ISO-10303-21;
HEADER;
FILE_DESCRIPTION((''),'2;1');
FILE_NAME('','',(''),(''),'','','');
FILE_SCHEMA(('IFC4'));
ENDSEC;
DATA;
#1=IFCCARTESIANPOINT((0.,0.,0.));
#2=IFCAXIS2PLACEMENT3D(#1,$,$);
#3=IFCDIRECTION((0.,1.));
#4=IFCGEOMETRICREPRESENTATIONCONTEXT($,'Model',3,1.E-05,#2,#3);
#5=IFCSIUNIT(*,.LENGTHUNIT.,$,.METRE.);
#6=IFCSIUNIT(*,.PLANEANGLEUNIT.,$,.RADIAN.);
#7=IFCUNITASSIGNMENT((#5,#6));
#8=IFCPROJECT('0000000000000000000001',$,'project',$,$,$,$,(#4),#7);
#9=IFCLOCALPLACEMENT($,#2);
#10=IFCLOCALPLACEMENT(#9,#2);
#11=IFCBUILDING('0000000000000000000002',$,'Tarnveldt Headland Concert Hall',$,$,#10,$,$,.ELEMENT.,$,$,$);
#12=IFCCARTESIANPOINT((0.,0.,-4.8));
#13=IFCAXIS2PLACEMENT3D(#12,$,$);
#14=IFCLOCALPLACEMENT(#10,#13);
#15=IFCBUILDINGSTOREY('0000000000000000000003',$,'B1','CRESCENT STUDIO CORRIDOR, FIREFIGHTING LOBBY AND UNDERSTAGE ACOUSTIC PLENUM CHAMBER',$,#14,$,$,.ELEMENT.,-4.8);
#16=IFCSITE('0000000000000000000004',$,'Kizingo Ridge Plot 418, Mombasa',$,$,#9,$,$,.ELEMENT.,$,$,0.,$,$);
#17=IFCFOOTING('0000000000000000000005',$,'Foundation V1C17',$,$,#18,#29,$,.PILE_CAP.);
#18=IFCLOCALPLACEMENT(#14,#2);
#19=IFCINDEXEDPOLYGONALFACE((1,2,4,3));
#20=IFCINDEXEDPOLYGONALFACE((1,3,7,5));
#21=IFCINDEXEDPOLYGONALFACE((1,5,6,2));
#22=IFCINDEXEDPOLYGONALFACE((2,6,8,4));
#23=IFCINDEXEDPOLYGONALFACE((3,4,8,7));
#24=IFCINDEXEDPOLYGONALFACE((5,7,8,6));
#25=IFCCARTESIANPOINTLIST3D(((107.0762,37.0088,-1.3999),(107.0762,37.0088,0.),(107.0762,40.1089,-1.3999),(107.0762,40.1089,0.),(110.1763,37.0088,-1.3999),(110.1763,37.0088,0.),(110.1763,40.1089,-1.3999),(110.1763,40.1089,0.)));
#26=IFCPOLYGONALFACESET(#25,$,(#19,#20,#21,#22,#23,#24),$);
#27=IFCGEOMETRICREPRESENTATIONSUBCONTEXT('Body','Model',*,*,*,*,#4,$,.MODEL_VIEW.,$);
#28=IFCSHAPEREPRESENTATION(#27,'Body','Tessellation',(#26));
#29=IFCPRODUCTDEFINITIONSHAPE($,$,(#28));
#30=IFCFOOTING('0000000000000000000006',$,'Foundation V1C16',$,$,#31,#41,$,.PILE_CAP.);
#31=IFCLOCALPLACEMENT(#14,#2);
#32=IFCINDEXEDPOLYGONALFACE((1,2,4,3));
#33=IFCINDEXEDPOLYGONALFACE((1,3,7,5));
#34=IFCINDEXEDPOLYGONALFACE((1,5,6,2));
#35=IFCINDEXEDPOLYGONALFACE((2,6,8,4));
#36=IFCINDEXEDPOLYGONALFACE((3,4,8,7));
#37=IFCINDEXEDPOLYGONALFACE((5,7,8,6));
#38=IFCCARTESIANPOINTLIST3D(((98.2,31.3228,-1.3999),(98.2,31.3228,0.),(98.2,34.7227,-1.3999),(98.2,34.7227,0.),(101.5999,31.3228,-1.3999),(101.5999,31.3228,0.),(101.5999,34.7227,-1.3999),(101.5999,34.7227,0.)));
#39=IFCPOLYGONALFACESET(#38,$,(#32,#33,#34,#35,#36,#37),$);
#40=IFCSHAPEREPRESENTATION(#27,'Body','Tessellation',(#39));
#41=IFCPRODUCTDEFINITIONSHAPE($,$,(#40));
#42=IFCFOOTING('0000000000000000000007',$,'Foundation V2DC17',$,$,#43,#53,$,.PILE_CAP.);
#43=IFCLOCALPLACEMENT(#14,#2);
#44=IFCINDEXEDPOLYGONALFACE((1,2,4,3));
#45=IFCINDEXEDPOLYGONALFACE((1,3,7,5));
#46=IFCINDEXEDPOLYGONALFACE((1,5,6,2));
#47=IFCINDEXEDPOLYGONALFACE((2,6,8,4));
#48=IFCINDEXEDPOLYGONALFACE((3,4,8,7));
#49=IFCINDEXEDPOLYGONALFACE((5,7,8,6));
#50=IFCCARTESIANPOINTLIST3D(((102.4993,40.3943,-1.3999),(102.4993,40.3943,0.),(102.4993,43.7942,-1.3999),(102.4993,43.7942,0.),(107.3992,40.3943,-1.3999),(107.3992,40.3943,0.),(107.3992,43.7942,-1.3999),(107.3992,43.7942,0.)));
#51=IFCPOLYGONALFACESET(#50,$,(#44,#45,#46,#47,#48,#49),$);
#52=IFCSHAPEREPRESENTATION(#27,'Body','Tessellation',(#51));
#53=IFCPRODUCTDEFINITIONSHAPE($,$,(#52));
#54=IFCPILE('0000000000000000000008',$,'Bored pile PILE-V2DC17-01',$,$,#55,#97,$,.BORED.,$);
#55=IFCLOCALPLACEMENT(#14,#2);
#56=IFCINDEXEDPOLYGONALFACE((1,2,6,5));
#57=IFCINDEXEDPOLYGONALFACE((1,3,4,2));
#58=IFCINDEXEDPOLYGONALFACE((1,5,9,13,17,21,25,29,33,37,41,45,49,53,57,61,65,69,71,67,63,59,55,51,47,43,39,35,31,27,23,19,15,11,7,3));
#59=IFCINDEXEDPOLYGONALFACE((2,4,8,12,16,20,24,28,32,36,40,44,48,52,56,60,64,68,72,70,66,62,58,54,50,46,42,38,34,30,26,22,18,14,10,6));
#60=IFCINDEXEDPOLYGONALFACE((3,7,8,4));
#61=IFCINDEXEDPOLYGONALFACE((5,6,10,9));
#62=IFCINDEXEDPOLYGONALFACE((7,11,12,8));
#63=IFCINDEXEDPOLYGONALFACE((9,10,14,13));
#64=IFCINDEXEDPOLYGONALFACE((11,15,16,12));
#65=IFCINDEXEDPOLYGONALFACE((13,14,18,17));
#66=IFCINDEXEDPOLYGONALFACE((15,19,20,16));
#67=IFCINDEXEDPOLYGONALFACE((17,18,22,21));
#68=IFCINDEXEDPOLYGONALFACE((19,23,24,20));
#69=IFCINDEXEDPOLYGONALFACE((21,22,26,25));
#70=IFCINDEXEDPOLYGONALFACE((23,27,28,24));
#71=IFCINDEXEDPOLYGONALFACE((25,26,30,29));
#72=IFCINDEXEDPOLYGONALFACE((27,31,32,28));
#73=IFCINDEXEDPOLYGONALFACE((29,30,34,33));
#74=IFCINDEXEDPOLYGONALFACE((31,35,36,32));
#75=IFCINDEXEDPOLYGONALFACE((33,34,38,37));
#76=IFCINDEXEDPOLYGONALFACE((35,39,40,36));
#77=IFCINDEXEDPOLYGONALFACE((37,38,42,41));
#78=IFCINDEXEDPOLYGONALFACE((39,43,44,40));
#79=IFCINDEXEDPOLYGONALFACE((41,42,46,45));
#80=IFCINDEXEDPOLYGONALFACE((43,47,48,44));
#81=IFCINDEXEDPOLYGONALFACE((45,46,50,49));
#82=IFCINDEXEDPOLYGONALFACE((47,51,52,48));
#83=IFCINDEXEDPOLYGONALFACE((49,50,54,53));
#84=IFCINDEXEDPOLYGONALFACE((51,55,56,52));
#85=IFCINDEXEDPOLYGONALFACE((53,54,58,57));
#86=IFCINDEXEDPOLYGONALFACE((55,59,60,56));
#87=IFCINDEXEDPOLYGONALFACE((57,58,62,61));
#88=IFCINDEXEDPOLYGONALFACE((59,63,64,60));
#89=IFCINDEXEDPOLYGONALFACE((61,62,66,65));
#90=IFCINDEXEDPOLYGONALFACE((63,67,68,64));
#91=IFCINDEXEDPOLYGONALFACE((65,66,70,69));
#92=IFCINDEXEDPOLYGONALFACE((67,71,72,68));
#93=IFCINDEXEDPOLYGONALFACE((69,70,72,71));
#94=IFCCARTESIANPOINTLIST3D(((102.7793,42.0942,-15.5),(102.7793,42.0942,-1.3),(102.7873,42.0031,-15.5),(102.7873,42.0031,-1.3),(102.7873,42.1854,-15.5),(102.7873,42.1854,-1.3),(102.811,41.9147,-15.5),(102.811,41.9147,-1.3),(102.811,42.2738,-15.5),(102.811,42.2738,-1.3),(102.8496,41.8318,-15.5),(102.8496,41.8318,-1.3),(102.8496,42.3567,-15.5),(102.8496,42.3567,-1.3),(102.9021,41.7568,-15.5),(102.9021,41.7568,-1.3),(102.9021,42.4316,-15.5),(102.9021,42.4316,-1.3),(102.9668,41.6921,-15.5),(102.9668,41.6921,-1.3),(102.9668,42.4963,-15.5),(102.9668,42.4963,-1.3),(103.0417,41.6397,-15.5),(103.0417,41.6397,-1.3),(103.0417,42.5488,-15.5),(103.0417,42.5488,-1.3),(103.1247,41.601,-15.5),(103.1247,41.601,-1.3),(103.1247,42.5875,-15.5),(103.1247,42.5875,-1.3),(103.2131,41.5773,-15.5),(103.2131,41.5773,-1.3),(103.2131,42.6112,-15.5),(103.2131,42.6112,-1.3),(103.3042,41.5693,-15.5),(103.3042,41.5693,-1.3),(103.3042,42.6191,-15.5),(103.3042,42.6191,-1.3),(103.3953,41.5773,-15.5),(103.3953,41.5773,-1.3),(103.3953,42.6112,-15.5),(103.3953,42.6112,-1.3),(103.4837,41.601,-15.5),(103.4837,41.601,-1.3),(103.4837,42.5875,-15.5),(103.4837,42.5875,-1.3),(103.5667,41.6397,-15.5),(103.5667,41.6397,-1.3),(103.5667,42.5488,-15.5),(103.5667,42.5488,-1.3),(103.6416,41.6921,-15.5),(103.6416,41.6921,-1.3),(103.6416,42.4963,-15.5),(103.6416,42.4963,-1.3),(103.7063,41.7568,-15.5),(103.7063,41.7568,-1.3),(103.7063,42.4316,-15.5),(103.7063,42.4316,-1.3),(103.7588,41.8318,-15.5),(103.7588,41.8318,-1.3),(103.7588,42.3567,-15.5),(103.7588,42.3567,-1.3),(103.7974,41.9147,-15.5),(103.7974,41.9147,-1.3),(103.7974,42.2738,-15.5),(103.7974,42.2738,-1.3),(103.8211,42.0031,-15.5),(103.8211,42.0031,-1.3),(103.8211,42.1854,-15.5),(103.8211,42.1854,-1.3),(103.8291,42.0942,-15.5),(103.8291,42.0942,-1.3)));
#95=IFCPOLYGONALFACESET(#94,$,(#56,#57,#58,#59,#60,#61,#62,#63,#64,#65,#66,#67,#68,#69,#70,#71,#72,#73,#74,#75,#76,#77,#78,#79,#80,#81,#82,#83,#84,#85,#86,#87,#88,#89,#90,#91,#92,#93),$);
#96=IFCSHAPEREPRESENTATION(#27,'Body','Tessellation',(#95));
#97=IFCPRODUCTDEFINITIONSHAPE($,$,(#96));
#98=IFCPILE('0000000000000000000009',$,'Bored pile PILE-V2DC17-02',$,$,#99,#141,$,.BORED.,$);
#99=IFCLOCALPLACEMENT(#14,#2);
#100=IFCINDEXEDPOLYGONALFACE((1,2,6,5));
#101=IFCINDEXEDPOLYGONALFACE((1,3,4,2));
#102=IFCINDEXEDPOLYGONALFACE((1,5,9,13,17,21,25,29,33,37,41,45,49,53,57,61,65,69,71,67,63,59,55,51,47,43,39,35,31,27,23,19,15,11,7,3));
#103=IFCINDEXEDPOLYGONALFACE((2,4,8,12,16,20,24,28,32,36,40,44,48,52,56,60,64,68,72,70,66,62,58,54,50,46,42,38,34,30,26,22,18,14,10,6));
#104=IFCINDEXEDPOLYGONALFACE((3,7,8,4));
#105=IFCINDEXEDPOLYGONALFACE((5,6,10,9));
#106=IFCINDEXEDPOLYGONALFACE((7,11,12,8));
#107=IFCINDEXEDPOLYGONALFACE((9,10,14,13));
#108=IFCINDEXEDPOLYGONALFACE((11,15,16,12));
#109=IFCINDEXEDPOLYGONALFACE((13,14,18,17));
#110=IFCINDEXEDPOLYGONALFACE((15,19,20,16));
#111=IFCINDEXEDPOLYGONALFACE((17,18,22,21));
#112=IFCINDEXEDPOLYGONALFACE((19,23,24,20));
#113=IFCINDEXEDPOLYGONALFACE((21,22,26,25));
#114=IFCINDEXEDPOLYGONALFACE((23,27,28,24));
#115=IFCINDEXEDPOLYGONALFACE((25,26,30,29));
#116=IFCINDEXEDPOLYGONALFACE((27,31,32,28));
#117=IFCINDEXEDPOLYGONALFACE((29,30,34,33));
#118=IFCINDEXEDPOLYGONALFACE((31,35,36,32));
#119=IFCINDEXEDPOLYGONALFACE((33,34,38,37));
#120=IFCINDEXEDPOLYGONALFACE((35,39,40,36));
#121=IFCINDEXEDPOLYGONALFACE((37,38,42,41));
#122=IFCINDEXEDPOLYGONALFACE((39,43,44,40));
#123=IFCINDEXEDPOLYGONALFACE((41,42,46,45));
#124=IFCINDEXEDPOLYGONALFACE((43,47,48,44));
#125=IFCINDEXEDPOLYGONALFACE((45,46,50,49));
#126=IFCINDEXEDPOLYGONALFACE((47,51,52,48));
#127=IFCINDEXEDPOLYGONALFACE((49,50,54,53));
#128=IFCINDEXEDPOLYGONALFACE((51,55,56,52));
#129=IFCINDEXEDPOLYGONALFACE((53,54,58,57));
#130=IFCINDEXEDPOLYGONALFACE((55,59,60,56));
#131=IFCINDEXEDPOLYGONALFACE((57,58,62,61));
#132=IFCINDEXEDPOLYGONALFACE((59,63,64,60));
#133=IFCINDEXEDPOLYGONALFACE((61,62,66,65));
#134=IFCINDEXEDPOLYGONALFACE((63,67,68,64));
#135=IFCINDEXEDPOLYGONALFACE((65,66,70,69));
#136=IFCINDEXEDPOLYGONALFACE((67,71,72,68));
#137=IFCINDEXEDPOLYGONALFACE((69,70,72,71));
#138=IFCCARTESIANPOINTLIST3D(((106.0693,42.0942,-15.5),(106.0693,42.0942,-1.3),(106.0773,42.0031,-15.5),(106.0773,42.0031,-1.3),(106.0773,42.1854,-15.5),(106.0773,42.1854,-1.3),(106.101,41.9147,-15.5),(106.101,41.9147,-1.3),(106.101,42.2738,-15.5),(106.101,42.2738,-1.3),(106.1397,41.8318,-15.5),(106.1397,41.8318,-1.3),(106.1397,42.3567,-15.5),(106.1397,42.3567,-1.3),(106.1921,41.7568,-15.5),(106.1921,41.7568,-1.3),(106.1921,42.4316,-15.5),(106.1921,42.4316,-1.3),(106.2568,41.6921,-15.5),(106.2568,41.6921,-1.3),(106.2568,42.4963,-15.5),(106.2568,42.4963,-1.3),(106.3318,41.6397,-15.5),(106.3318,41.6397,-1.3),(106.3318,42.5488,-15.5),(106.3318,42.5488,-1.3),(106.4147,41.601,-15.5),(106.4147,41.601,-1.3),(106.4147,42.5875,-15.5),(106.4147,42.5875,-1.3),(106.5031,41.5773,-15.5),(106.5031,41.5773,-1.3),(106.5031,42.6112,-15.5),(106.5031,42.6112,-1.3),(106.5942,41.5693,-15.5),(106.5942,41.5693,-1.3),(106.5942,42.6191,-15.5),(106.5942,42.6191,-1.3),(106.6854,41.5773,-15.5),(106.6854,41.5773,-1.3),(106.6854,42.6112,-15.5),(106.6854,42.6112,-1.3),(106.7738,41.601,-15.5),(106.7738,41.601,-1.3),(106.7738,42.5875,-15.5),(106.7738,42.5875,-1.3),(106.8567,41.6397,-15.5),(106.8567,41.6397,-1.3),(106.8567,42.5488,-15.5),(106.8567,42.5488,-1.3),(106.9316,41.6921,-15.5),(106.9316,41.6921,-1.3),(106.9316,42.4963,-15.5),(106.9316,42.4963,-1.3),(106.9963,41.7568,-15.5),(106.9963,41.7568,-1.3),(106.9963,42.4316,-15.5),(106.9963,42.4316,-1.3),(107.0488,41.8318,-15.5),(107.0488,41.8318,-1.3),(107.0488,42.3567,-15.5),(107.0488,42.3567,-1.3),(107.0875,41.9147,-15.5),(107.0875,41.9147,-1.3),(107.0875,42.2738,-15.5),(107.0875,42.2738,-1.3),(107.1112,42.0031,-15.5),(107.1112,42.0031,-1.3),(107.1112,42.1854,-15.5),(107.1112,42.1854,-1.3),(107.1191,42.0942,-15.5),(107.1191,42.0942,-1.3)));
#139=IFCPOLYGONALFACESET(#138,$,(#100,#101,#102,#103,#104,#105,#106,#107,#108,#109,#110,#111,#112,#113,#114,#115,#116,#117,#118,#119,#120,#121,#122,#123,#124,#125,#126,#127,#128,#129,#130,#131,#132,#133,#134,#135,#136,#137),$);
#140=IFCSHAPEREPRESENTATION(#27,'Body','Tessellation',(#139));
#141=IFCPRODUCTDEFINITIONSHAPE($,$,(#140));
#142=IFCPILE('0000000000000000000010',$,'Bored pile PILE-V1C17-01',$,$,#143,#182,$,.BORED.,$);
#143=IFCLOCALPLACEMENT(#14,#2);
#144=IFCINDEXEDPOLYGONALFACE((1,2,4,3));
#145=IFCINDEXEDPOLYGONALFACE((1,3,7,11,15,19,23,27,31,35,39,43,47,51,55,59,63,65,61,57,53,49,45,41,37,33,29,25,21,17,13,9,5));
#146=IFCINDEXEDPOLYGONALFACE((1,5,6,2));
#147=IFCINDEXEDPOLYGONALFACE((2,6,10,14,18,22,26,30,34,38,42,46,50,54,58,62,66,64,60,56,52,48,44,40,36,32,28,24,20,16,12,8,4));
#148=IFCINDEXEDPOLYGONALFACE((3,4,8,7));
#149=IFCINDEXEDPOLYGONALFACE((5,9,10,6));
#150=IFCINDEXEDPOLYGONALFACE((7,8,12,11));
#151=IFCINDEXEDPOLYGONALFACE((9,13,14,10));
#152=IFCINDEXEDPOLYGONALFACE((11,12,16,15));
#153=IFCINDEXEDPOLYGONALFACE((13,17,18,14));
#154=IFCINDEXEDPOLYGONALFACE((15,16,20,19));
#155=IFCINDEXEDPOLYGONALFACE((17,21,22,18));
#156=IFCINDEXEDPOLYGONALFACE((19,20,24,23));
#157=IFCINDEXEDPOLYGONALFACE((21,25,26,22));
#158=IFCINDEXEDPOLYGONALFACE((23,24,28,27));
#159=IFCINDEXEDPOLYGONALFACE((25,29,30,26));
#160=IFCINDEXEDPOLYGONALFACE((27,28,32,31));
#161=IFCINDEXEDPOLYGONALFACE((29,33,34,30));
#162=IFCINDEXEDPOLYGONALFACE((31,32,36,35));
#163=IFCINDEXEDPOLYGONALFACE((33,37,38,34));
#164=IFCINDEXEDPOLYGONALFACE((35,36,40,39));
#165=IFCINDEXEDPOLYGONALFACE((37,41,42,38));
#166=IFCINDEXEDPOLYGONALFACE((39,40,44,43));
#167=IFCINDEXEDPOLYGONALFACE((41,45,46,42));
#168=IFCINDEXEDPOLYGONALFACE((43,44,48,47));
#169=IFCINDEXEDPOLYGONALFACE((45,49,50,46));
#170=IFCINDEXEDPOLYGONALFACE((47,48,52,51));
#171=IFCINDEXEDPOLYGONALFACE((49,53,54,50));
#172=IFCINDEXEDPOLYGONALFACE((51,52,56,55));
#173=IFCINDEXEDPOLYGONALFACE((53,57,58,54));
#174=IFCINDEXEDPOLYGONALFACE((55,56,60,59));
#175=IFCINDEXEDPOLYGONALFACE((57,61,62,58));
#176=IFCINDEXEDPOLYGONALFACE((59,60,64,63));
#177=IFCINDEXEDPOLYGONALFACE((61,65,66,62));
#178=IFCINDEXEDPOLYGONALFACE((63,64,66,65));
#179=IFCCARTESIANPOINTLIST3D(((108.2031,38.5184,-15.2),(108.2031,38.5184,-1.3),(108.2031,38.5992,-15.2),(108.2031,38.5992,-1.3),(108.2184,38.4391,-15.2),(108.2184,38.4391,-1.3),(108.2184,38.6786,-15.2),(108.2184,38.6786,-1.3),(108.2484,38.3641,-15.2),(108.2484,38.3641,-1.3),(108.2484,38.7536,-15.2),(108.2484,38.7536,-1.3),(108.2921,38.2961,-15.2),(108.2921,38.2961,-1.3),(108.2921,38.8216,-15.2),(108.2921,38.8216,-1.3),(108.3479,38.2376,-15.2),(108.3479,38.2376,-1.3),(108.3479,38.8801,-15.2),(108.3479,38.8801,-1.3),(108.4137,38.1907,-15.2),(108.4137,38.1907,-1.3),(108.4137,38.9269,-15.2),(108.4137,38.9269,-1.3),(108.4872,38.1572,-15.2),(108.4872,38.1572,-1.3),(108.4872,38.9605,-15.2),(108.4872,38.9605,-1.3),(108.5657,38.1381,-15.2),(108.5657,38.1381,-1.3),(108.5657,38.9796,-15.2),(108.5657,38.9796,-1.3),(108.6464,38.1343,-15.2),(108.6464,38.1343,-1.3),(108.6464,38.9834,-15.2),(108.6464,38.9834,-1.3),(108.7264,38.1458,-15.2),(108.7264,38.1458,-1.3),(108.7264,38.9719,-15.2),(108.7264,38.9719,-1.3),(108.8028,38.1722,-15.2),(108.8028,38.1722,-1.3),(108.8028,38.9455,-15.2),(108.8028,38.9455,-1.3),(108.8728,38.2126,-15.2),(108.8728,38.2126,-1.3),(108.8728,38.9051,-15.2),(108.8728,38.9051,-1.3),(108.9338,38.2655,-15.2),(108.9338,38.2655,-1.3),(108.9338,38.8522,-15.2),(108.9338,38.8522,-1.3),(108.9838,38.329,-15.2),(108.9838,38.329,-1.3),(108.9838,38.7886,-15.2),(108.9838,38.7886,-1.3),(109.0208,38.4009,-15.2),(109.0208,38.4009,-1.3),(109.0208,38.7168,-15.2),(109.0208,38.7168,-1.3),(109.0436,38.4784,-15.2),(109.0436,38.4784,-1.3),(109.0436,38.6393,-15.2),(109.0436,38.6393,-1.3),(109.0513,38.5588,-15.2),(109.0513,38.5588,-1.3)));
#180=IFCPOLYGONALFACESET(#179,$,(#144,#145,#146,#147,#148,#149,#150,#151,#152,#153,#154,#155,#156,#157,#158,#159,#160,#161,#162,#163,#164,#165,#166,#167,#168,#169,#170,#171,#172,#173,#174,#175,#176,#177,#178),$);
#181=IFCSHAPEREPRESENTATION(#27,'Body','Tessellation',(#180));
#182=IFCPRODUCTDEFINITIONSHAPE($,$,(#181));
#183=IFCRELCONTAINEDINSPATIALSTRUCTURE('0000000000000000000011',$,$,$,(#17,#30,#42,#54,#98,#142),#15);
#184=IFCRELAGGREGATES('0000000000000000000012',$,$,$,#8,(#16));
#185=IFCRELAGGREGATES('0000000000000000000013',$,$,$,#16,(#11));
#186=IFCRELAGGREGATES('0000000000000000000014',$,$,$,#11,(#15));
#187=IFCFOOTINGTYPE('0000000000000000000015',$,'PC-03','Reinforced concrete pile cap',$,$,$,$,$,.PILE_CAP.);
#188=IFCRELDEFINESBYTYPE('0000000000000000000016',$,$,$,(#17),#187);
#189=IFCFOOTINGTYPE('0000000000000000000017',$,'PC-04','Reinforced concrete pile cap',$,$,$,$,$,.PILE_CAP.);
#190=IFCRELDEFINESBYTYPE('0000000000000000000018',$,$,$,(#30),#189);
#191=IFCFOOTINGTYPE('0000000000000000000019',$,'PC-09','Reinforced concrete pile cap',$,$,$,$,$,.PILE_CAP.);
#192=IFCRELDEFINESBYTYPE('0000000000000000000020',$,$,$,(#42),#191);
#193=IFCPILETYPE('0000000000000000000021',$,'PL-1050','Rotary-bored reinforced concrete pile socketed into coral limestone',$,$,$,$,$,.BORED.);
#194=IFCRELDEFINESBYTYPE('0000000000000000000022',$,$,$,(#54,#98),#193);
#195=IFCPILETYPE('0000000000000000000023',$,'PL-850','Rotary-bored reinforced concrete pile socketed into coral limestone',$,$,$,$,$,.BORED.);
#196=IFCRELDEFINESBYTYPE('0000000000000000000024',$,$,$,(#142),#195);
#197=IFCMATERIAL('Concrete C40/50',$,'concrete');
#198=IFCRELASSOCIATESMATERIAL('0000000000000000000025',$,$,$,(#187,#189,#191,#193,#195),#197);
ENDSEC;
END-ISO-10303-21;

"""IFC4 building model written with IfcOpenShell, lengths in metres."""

from ifc_helpers import new_model, si_unit, direction, frame, origin, origin_2d, place, context, subcontext, project, spatial, rectangle, circle, extrude, material, material_profile, profile_set, type_object, element, save


model = new_model("IFC4")

# Units and contexts
model_context = context("Model", 3, precision=1e-05, world=origin(), true_north=direction((0.0, 1.0)))
body_context = subcontext(model_context, "Body", "Model", "MODEL_VIEW")
ifc_project = project(units=[si_unit("LENGTHUNIT", "METRE"), si_unit("PLANEANGLEUNIT", "RADIAN")], contexts=[model_context])

# Site, building, storey
site_placement = place(None, origin())
site = spatial("IfcSite", under=ifc_project, at=site_placement, Name="Kizingo Ridge Plot 418, Mombasa", CompositionType="ELEMENT", RefElevation=0.0)
building_placement = place(site_placement, origin())
building = spatial("IfcBuilding", under=site, at=building_placement, Name="Tarnveldt Headland Concert Hall", CompositionType="ELEMENT")
storey_placement = place(building_placement, frame((0.0, 0.0, -4.8)))
storey = spatial("IfcBuildingStorey", under=building, at=storey_placement, Name="B1", Description="CRESCENT STUDIO CORRIDOR, FIREFIGHTING LOBBY AND UNDERSTAGE ACOUSTIC PLENUM CHAMBER", CompositionType="ELEMENT", Elevation=-4.8)

# Footings
ifc_material_1 = material(Name="Concrete C40/50", Category="concrete")
footing_type_1 = type_object("IfcFootingType", Name="PC-03", Description="Reinforced concrete pile cap", PredefinedType="PILE_CAP", material=ifc_material_1)
footing_1_placement = place(storey_placement, frame((108.6262, 38.5588, -1.3999), z_axis=(0.0, 0.0, 1.0), x_axis=(1.0, 0.0, 0.0)))
element("IfcFooting", 1, at=footing_1_placement, inside=storey, type_object=footing_type_1, Name="Foundation V1C17", PredefinedType="PILE_CAP", context=body_context, shape_type="SweptSolid", body=[
    extrude(rectangle(XDim=3.1001, YDim=3.1001, at=origin_2d()), origin(), (0.0, 0.0, 1.0), 1.3999),
])
footing_type_2 = type_object("IfcFootingType", Name="PC-04", Description="Reinforced concrete pile cap", PredefinedType="PILE_CAP", material=ifc_material_1)
footing_2_placement = place(storey_placement, frame((99.8999, 33.0227, -1.3999), z_axis=(0.0, 0.0, 1.0), x_axis=(1.0, 0.0, 0.0)))
element("IfcFooting", 2, at=footing_2_placement, inside=storey, type_object=footing_type_2, Name="Foundation V1C16", PredefinedType="PILE_CAP", context=body_context, shape_type="SweptSolid", body=[
    extrude(rectangle(XDim=3.3999, YDim=3.3999, at=origin_2d()), origin(), (0.0, 0.0, 1.0), 1.3999),
])
footing_type_3 = type_object("IfcFootingType", Name="PC-09", Description="Reinforced concrete pile cap", PredefinedType="PILE_CAP", material=ifc_material_1)
footing_3_placement = place(storey_placement, frame((104.9492, 42.0942, -1.3999), z_axis=(0.0, 0.0, 1.0), x_axis=(1.0, 0.0, 0.0)))
element("IfcFooting", 3, at=footing_3_placement, inside=storey, type_object=footing_type_3, Name="Foundation V2DC17", PredefinedType="PILE_CAP", context=body_context, shape_type="SweptSolid", body=[
    extrude(rectangle(XDim=4.8999, YDim=3.3999, at=origin_2d()), origin(), (0.0, 0.0, 1.0), 1.3999),
])

# Piles
ifc_material_profile_1 = material_profile(ifc_material_1, circle(Radius=0.5249, at=origin_2d()), Name="BORED PILE D1050", Category="concrete")
ifc_profile_set_1 = profile_set([ifc_material_profile_1], Name="Concrete C40/50")
pile_type_1 = type_object("IfcPileType", Name="PL-1050", Description="Rotary-bored reinforced concrete pile socketed into coral limestone", PredefinedType="BORED", material=ifc_profile_set_1)
for number, where, z_axis, x_axis, name in (
    (4, (103.3042, 42.0942, -1.3), (0.0, 0.0, -1.0), (1.0, 0.0, 0.0), "Bored pile PILE-V2DC17-01"),
    (5, (106.5942, 42.0942, -1.3), (0.0, 0.0, -1.0), (1.0, 0.0, 0.0), "Bored pile PILE-V2DC17-02"),
):
    element("IfcPile", number, at=place(storey_placement, frame(where, z_axis=z_axis, x_axis=x_axis)), inside=storey, type_object=pile_type_1, Name=name, PredefinedType="BORED", context=body_context, shape_type="SweptSolid", body=[
        extrude(circle(Radius=0.5249, at=origin_2d()), origin(), (0.0, 0.0, 1.0), 14.2),
    ])
ifc_material_profile_2 = material_profile(ifc_material_1, circle(Radius=0.425, at=origin_2d()), Name="BORED PILE D850", Category="concrete")
ifc_profile_set_2 = profile_set([ifc_material_profile_2], Name="Concrete C40/50")
pile_type_2 = type_object("IfcPileType", Name="PL-850", Description="Rotary-bored reinforced concrete pile socketed into coral limestone", PredefinedType="BORED", material=ifc_profile_set_2)
pile_1_placement = place(storey_placement, frame((108.6262, 38.5588, -1.3), z_axis=(0.0, 0.0, -1.0), x_axis=(1.0, 0.0, 0.0)))
element("IfcPile", 6, at=pile_1_placement, inside=storey, type_object=pile_type_2, Name="Bored pile PILE-V1C17-01", PredefinedType="BORED", context=body_context, shape_type="SweptSolid", body=[
    extrude(circle(Radius=0.425, at=origin_2d()), origin(), (0.0, 0.0, 1.0), 13.8999),
])

save(model, "model.ifc")
